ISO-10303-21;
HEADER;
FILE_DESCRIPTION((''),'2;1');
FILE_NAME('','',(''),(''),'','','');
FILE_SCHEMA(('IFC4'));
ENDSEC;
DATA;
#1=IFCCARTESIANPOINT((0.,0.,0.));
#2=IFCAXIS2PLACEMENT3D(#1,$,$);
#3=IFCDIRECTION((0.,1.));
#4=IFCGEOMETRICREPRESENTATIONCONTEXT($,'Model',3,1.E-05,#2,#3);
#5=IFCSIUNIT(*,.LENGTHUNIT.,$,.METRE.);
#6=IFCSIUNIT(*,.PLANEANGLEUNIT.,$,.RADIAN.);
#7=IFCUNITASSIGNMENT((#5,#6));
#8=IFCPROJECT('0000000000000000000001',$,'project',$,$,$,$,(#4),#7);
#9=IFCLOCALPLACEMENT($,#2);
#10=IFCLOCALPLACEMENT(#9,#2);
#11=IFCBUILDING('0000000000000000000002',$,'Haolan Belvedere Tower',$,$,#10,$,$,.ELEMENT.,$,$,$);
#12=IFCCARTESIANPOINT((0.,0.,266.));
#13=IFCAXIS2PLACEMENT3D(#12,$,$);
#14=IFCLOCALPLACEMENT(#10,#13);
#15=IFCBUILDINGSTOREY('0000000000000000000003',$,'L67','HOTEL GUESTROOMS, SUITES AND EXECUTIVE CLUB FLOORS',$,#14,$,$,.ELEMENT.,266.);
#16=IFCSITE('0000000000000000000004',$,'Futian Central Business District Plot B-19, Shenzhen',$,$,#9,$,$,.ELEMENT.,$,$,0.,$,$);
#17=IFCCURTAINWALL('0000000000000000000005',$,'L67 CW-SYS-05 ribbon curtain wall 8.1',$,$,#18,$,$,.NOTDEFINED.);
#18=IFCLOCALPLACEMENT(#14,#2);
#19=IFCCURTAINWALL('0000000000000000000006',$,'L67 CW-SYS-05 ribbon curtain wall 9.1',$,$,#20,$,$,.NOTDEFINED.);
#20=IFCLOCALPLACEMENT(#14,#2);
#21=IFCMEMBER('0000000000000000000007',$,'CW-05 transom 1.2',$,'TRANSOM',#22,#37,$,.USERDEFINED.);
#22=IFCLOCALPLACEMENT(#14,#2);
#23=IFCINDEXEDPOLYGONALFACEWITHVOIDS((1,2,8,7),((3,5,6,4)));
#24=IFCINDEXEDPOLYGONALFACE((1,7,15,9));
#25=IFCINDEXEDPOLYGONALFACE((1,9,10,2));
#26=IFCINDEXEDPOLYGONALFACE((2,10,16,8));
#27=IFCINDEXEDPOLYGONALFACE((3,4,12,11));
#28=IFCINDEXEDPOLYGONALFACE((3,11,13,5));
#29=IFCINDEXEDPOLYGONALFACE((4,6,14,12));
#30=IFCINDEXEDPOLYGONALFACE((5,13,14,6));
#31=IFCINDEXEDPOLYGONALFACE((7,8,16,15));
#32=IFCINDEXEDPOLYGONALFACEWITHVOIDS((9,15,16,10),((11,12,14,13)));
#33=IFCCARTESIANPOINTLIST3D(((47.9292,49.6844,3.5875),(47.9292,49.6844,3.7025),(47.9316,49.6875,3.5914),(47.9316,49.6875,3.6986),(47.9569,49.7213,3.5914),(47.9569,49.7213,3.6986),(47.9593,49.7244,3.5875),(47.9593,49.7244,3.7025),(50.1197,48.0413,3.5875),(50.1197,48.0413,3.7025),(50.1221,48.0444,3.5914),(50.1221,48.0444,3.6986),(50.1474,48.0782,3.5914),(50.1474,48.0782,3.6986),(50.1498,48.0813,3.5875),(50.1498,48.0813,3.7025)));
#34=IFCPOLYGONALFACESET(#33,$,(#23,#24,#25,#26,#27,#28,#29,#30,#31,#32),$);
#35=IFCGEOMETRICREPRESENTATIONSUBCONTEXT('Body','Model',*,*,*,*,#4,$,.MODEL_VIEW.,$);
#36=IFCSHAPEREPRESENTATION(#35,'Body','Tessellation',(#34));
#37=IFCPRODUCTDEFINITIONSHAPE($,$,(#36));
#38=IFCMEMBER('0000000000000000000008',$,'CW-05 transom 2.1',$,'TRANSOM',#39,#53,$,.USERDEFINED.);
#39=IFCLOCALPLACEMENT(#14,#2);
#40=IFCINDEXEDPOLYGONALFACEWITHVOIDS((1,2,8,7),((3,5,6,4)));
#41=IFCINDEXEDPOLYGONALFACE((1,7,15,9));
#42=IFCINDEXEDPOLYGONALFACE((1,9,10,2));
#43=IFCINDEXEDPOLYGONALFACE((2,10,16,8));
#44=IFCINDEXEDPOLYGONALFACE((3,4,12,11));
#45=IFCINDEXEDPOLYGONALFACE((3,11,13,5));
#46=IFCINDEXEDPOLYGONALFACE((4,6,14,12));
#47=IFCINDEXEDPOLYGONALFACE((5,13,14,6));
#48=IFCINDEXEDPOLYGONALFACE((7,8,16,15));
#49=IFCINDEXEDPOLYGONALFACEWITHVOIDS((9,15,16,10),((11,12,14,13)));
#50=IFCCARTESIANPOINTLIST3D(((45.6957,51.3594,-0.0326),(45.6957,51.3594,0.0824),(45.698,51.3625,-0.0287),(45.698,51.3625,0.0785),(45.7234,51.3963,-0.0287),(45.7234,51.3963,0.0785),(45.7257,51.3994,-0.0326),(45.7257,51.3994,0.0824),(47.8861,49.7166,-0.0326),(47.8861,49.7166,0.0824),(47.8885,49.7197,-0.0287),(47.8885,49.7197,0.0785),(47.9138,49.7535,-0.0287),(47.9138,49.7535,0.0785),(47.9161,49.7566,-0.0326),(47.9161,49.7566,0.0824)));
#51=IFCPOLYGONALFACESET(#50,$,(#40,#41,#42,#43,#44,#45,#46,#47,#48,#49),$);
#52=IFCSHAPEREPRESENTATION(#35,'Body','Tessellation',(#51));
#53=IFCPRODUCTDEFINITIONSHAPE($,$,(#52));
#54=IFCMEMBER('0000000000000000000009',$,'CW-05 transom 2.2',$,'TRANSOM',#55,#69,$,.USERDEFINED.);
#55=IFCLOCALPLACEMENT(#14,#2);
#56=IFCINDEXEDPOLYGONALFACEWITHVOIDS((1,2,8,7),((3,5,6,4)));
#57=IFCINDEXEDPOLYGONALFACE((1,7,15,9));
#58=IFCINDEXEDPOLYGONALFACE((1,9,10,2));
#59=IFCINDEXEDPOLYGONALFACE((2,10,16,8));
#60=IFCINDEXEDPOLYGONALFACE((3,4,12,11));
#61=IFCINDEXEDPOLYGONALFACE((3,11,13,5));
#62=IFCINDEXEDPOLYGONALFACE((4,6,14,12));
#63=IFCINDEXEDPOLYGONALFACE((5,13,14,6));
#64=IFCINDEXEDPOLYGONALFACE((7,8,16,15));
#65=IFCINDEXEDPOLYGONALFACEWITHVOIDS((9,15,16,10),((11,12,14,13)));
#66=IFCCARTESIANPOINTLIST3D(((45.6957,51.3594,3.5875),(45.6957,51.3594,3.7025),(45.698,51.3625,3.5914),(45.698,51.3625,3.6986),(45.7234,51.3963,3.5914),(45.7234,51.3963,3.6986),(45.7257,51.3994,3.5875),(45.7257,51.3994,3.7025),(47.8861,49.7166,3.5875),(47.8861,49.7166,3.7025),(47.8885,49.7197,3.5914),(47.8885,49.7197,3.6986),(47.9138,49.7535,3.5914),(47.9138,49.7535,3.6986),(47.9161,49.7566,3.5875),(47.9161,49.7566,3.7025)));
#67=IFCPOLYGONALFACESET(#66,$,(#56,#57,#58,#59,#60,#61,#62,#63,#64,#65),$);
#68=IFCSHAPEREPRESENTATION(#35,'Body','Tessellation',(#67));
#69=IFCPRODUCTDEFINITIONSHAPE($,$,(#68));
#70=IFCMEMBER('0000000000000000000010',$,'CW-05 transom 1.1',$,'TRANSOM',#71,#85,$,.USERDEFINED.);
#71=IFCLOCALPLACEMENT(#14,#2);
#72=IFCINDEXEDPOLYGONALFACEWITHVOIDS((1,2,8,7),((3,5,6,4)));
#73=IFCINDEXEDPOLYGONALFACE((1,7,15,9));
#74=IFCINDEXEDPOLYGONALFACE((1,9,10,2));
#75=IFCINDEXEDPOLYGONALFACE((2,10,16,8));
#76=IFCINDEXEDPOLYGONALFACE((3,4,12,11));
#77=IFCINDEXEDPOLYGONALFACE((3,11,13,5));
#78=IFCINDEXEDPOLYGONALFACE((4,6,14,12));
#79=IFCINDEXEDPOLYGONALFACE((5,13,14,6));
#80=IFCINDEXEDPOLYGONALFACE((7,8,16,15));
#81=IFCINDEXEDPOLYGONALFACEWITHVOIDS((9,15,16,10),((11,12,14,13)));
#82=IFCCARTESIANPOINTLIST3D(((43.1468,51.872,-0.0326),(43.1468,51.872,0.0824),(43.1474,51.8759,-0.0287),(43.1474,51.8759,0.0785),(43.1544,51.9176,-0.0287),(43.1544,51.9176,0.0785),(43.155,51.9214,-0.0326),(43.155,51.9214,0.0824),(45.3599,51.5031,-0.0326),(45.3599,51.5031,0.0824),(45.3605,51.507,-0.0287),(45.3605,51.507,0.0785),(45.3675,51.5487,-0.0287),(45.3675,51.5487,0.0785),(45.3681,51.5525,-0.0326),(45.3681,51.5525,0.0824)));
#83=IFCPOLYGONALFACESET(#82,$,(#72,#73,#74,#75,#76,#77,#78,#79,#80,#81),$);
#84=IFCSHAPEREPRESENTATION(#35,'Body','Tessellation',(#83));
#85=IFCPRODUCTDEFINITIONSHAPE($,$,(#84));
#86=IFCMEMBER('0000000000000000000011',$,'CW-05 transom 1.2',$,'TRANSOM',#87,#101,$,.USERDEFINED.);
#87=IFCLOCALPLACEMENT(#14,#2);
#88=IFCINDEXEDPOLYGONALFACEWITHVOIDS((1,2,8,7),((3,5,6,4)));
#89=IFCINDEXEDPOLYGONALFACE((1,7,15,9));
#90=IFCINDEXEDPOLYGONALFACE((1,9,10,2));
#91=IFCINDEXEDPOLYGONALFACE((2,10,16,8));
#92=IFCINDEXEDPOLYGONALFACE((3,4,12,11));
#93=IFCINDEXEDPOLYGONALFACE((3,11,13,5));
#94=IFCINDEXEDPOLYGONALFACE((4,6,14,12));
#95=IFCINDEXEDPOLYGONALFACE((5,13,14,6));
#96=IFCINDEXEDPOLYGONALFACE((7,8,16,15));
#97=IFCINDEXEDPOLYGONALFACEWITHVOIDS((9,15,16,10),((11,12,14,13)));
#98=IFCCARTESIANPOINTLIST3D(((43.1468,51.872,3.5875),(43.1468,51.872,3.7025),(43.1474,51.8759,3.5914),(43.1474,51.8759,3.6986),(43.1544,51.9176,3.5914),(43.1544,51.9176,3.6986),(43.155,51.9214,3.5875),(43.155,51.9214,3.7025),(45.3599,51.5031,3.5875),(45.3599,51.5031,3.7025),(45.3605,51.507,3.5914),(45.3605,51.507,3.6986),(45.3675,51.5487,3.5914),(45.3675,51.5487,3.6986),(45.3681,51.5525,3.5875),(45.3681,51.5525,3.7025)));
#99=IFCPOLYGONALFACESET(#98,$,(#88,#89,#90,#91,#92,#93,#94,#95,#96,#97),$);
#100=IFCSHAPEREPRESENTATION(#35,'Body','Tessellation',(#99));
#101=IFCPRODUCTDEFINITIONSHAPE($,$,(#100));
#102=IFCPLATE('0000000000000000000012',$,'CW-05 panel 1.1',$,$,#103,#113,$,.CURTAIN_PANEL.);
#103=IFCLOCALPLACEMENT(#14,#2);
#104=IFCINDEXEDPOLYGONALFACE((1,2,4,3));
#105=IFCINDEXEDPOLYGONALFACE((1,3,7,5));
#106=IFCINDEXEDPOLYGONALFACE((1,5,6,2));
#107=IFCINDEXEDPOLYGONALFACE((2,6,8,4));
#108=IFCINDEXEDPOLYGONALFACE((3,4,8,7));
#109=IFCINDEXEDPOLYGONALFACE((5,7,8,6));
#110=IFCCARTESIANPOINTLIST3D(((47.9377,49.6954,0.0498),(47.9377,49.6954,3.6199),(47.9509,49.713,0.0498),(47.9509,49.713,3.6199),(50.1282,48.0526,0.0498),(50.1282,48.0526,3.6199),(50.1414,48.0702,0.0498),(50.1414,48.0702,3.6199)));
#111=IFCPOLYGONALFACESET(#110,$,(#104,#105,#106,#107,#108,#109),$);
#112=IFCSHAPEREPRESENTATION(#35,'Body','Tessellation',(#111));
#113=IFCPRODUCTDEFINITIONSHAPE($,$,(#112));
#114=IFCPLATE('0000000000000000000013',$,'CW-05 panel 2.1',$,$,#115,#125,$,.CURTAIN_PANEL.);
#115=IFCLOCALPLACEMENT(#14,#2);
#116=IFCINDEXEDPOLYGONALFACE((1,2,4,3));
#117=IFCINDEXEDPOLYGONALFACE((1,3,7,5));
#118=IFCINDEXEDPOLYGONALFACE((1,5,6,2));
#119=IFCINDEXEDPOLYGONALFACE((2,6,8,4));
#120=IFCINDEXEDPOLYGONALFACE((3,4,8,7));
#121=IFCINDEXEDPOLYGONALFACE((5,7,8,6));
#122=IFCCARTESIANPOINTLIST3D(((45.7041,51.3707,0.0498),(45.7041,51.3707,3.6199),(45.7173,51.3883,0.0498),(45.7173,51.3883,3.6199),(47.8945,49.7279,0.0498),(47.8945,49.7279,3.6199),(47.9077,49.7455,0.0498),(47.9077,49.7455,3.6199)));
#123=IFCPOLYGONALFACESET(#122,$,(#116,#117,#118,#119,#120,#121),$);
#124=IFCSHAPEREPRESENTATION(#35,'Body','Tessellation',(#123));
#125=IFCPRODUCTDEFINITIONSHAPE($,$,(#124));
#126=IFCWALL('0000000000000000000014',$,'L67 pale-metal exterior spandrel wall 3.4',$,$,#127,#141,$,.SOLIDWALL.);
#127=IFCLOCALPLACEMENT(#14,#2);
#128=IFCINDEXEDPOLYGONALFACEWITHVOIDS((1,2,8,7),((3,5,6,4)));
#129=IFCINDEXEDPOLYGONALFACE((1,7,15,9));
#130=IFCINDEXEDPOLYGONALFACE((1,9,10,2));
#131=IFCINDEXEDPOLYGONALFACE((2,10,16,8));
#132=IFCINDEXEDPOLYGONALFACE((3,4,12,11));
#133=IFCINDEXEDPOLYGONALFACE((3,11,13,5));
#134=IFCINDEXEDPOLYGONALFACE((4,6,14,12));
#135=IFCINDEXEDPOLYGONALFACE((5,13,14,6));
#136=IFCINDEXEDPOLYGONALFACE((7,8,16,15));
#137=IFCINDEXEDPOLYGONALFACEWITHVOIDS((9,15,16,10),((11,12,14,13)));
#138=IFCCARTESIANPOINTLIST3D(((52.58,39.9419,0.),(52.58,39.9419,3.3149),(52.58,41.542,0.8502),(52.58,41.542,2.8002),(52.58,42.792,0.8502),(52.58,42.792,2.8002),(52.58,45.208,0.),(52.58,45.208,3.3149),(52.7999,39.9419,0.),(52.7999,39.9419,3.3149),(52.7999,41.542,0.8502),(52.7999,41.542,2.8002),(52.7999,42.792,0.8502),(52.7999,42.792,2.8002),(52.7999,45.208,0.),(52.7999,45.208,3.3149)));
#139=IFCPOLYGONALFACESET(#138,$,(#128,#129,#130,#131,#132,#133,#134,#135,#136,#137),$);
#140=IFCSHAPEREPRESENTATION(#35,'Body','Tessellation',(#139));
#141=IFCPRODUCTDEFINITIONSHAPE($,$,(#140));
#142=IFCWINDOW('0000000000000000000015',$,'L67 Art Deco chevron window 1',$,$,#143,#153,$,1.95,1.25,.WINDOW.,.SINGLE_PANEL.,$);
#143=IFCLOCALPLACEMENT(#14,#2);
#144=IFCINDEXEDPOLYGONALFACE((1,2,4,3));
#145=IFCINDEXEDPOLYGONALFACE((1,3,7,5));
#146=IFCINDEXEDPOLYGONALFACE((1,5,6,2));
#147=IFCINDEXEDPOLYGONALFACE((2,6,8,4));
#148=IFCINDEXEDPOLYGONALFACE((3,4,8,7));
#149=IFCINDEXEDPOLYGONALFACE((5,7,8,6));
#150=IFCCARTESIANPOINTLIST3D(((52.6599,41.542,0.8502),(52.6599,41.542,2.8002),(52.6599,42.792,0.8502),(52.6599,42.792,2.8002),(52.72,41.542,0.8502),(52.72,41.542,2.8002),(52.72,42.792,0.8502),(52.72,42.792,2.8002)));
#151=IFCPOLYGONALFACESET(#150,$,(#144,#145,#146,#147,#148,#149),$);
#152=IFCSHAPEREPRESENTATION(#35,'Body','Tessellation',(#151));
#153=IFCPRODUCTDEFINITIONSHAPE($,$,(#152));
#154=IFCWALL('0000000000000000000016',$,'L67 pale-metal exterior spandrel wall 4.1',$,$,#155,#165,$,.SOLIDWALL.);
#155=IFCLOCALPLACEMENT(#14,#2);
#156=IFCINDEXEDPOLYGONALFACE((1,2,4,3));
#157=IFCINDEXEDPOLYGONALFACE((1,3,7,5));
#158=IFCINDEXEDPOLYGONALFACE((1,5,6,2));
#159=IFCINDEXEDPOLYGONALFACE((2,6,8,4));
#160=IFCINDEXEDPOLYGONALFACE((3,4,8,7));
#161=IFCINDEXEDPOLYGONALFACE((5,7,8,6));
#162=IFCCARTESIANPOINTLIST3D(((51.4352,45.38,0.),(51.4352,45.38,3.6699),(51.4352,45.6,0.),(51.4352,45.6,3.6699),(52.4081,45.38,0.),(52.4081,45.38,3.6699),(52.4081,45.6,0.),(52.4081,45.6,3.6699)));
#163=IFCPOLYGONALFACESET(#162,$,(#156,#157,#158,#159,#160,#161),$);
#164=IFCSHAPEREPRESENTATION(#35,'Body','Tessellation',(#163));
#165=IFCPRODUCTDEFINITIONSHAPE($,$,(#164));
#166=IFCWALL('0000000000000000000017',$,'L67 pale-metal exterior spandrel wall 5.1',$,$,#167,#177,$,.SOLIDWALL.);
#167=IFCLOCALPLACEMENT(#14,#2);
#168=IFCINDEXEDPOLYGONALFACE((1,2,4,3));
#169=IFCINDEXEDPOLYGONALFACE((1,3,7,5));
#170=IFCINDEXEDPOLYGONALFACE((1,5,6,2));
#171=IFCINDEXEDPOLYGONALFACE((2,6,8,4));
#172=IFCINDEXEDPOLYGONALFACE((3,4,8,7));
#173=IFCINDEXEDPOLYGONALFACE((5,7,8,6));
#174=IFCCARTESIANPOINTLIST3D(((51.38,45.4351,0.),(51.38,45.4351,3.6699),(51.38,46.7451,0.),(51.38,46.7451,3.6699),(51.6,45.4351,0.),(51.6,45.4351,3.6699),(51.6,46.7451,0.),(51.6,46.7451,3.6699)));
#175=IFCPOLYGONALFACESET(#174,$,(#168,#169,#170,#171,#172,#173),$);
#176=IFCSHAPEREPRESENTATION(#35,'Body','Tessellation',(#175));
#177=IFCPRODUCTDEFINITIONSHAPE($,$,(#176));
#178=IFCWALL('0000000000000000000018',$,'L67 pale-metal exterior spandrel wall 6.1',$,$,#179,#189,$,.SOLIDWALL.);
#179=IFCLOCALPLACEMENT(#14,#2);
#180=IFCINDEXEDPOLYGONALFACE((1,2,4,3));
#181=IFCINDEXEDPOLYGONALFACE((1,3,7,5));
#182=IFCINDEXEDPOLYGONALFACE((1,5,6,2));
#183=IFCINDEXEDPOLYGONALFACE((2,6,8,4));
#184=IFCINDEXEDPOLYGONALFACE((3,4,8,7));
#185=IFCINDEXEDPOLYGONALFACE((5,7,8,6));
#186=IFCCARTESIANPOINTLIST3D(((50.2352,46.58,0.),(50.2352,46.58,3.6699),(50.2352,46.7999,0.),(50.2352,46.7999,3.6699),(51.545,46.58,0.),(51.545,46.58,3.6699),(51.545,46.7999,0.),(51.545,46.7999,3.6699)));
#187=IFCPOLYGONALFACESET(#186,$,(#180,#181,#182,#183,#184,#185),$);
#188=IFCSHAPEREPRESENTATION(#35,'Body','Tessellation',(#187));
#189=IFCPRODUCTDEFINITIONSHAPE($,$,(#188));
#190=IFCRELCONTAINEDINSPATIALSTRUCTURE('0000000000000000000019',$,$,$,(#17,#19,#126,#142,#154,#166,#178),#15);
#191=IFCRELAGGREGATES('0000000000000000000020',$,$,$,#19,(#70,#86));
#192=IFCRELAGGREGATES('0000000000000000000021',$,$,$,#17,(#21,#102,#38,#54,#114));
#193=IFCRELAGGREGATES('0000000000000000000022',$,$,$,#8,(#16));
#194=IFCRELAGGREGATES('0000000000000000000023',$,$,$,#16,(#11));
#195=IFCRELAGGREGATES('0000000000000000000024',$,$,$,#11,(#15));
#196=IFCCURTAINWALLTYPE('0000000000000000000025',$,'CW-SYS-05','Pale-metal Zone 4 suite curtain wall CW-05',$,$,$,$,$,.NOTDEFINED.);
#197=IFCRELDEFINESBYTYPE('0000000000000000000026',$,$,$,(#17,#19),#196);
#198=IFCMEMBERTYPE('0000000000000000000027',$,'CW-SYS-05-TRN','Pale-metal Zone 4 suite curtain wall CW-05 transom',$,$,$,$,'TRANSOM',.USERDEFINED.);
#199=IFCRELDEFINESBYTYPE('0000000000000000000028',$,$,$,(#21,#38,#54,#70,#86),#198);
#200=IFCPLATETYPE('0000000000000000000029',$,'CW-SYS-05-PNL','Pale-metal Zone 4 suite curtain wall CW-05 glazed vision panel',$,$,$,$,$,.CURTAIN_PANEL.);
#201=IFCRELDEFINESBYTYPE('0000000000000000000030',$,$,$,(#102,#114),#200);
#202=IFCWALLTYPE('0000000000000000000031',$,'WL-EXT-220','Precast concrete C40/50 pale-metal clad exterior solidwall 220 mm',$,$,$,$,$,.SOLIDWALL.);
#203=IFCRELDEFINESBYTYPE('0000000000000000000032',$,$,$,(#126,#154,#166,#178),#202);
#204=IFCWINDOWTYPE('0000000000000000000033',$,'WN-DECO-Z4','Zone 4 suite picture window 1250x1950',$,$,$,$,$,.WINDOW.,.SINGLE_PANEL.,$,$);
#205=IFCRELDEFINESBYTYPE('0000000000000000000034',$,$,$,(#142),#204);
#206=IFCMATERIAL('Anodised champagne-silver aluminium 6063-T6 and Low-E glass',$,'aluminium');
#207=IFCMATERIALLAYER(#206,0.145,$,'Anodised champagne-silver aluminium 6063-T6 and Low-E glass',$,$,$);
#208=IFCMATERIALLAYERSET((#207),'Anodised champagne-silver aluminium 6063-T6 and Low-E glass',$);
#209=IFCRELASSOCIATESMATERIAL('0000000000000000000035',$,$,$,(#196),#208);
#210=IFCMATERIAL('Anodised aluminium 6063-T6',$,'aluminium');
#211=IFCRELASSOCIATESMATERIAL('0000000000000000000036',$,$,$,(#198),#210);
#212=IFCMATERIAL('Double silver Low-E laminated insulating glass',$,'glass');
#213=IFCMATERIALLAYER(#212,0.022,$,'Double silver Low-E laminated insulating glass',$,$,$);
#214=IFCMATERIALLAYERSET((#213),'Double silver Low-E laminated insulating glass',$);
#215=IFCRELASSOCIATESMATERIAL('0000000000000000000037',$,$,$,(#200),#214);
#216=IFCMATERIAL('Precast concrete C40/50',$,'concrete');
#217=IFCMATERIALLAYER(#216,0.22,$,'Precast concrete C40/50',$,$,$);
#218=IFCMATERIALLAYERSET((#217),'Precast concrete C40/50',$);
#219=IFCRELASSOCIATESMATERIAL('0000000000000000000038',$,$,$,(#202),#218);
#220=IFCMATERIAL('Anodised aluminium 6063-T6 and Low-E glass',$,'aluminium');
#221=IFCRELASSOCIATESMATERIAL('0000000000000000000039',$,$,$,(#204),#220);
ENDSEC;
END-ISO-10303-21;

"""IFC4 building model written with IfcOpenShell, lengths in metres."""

from ifc_helpers import new_model, si_unit, direction, frame, frame_2d, origin, origin_2d, place, context, subcontext, project, spatial, rectangle, hollow_rectangle, extrude, material, layer, layer_set, material_profile, profile_set, type_object, element, fill, aggregate, save


model = new_model("IFC4")

# Units and contexts
model_context = context("Model", 3, precision=1e-05, world=origin(), true_north=direction((0.0, 1.0)))
body_context = subcontext(model_context, "Body", "Model", "MODEL_VIEW")
ifc_project = project(units=[si_unit("LENGTHUNIT", "METRE"), si_unit("PLANEANGLEUNIT", "RADIAN")], contexts=[model_context])

# Site, building, storey
site_placement = place(None, origin())
site = spatial("IfcSite", under=ifc_project, at=site_placement, Name="Futian Central Business District Plot B-19, Shenzhen", CompositionType="ELEMENT", RefElevation=0.0)
building_placement = place(site_placement, origin())
building = spatial("IfcBuilding", under=site, at=building_placement, Name="Haolan Belvedere Tower", CompositionType="ELEMENT")
storey_placement = place(building_placement, frame((0.0, 0.0, 266.0)))
storey = spatial("IfcBuildingStorey", under=building, at=storey_placement, Name="L67", Description="HOTEL GUESTROOMS, SUITES AND EXECUTIVE CLUB FLOORS", CompositionType="ELEMENT", Elevation=266.0)

# Curtain wall
ifc_material_1 = material(Name="Anodised champagne-silver aluminium 6063-T6 and Low-E glass", Category="aluminium")
ifc_layer_1 = layer(ifc_material_1, 0.145, Name="Anodised champagne-silver aluminium 6063-T6 and Low-E glass")
ifc_layer_set_1 = layer_set([ifc_layer_1], Name="Anodised champagne-silver aluminium 6063-T6 and Low-E glass")
curtain_wall_type = type_object("IfcCurtainWallType", Name="CW-SYS-05", Description="Pale-metal Zone 4 suite curtain wall CW-05", PredefinedType="NOTDEFINED", material=ifc_layer_set_1)
curtain_wall_1_placement = place(storey_placement, origin())
curtain_wall_1 = element("IfcCurtainWall", 1, at=curtain_wall_1_placement, inside=storey, type_object=curtain_wall_type, Name="L67 CW-SYS-05 ribbon curtain wall 8.1", PredefinedType="NOTDEFINED")
ifc_material_2 = material(Name="Anodised aluminium 6063-T6", Category="aluminium")

# Curtain wall
curtain_wall_2_placement = place(storey_placement, origin())
curtain_wall_2 = element("IfcCurtainWall", 2, at=curtain_wall_2_placement, inside=storey, type_object=curtain_wall_type, Name="L67 CW-SYS-05 ribbon curtain wall 9.1", PredefinedType="NOTDEFINED")

# Members
ifc_material_profile_1 = material_profile(ifc_material_2, hollow_rectangle(XDim=0.05, YDim=0.115, WallThickness=0.0039, at=origin_2d()), Name="Anodised aluminium 6063-T6")
ifc_profile_set_1 = profile_set([ifc_material_profile_1], Name="Anodised aluminium 6063-T6")
member_type_1 = type_object("IfcMemberType", Name="CW-SYS-05-TRN", Description="Pale-metal Zone 4 suite curtain wall CW-05 transom", ElementType="TRANSOM", PredefinedType="USERDEFINED", material=ifc_profile_set_1)
member_1_placement = place(storey_placement, frame((50.1348, 48.0613, 3.645), z_axis=(-0.799957, 0.600057, 0.0), x_axis=(-0.600057, -0.799957, 0.0)))
member_1 = element("IfcMember", 3, at=member_1_placement, type_object=member_type_1, Name="CW-05 transom 1.2", ObjectType="TRANSOM", PredefinedType="USERDEFINED", context=body_context, shape_type="SweptSolid", body=[
    extrude(hollow_rectangle(XDim=0.05, YDim=0.115, WallThickness=0.0039, at=origin_2d()), origin(), (0.0, 0.0, 1.0), 2.7383),
])
member_2_placement = place(storey_placement, frame((47.9011, 49.7366, 0.0249), z_axis=(-0.8, 0.6, 0.0), x_axis=(-0.6, -0.8, 0.0)))
member_2 = element("IfcMember", 4, at=member_2_placement, type_object=member_type_1, Name="CW-05 transom 2.1", ObjectType="TRANSOM", PredefinedType="USERDEFINED", context=body_context, shape_type="SweptSolid", body=[
    extrude(hollow_rectangle(XDim=0.05, YDim=0.115, WallThickness=0.0039, at=origin_2d()), origin(), (0.0, 0.0, 1.0), 2.738),
])
member_3_placement = place(storey_placement, frame((47.9011, 49.7366, 3.645), z_axis=(-0.8, 0.6, 0.0), x_axis=(-0.6, -0.8, 0.0)))
member_3 = element("IfcMember", 5, at=member_3_placement, type_object=member_type_1, Name="CW-05 transom 2.2", ObjectType="TRANSOM", PredefinedType="USERDEFINED", context=body_context, shape_type="SweptSolid", body=[
    extrude(hollow_rectangle(XDim=0.05, YDim=0.115, WallThickness=0.0039, at=origin_2d()), origin(), (0.0, 0.0, 1.0), 2.738),
])
member_4_placement = place(storey_placement, frame((45.364, 51.5278, 0.0249), z_axis=(-0.986391, 0.164417, 0.0), x_axis=(-0.164417, -0.986391, 0.0)))
member_4 = element("IfcMember", 6, at=member_4_placement, type_object=member_type_1, Name="CW-05 transom 1.1", ObjectType="TRANSOM", PredefinedType="USERDEFINED", context=body_context, shape_type="SweptSolid", body=[
    extrude(hollow_rectangle(XDim=0.05, YDim=0.115, WallThickness=0.0039, at=origin_2d()), origin(), (0.0, 0.0, 1.0), 2.2437),
])
member_5_placement = place(storey_placement, frame((45.364, 51.5278, 3.645), z_axis=(-0.986391, 0.164417, 0.0), x_axis=(-0.164417, -0.986391, 0.0)))
member_5 = element("IfcMember", 7, at=member_5_placement, type_object=member_type_1, Name="CW-05 transom 1.2", ObjectType="TRANSOM", PredefinedType="USERDEFINED", context=body_context, shape_type="SweptSolid", body=[
    extrude(hollow_rectangle(XDim=0.05, YDim=0.115, WallThickness=0.0039, at=origin_2d()), origin(), (0.0, 0.0, 1.0), 2.2437),
])
aggregate(curtain_wall_2, [member_4, member_5])

# Plates
ifc_material_3 = material(Name="Double silver Low-E laminated insulating glass", Category="glass")
ifc_layer_2 = layer(ifc_material_3, 0.022, Name="Double silver Low-E laminated insulating glass")
ifc_layer_set_2 = layer_set([ifc_layer_2], Name="Double silver Low-E laminated insulating glass")
plate_type = type_object("IfcPlateType", Name="CW-SYS-05-PNL", Description="Pale-metal Zone 4 suite curtain wall CW-05 glazed vision panel", PredefinedType="CURTAIN_PANEL", material=ifc_layer_set_2)
plate_1_placement = place(storey_placement, frame((49.0396, 48.8828, 0.0498), z_axis=(0.0, 0.0, 1.0), x_axis=(-0.799998, 0.600003, 0.0)))
plate_1 = element("IfcPlate", 8, at=plate_1_placement, type_object=plate_type, Name="CW-05 panel 1.1", PredefinedType="CURTAIN_PANEL", context=body_context, shape_type="SweptSolid", body=[
    extrude(rectangle(XDim=2.738, YDim=0.022, at=origin_2d()), origin(), (0.0, 0.0, 1.0), 3.5701),
])
plate_2_placement = place(storey_placement, frame((46.8059, 50.5581, 0.0498), z_axis=(0.0, 0.0, 1.0), x_axis=(-0.799998, 0.600003, 0.0)))
plate_2 = element("IfcPlate", 9, at=plate_2_placement, type_object=plate_type, Name="CW-05 panel 2.1", PredefinedType="CURTAIN_PANEL", context=body_context, shape_type="SweptSolid", body=[
    extrude(rectangle(XDim=2.738, YDim=0.022, at=origin_2d()), origin(), (0.0, 0.0, 1.0), 3.5701),
])
aggregate(curtain_wall_1, [member_1, plate_1, member_2, member_3, plate_2])

# Wall, opening, window
ifc_material_4 = material(Name="Precast concrete C40/50", Category="concrete")
ifc_layer_3 = layer(ifc_material_4, 0.22, Name="Precast concrete C40/50")
ifc_layer_set_3 = layer_set([ifc_layer_3], Name="Precast concrete C40/50")
wall_type_1 = type_object("IfcWallType", Name="WL-EXT-220", Description="Precast concrete C40/50 pale-metal clad exterior solidwall 220 mm", PredefinedType="SOLIDWALL", material=ifc_layer_set_3)
wall_1_placement = place(storey_placement, frame((52.6899, 39.9419, 0.0), z_axis=(0.0, 0.0, 1.0), x_axis=(0.0, 1.0, 0.0)))
wall_1 = element("IfcWall", 10, at=wall_1_placement, inside=storey, type_object=wall_type_1, Name="L67 pale-metal exterior spandrel wall 3.4", PredefinedType="SOLIDWALL", context=body_context, shape_type="SweptSolid", body=[
    extrude(rectangle(XDim=5.2661, YDim=0.22, at=frame_2d((2.6331, 0.0))), origin(), (0.0, 0.0, 1.0), 3.3149),
])
opening_1_placement = place(wall_1_placement, frame((1.6001, 0.0, 0.8501)))
opening_1 = element("IfcOpeningElement", 11, at=opening_1_placement, cuts=wall_1, PredefinedType="OPENING", context=body_context, shape_type="SweptSolid", body=[
    extrude(rectangle(XDim=1.25, YDim=1.95, at=frame_2d((0.625, 0.9751))), frame((0.0, 0.1199, 0.0), z_axis=(0.0, -1.0, 0.0), x_axis=(1.0, 0.0, 0.0)), (0.0, 0.0, 1.0), 0.24),
])
ifc_material_5 = material(Name="Anodised aluminium 6063-T6 and Low-E glass", Category="aluminium")
window_type = type_object("IfcWindowType", Name="WN-DECO-Z4", Description="Zone 4 suite picture window 1250x1950", PartitioningType="SINGLE_PANEL", PredefinedType="WINDOW", material=ifc_material_5)
window_placement = place(opening_1_placement, origin())
window = element("IfcWindow", 12, at=window_placement, inside=storey, type_object=window_type, Name="L67 Art Deco chevron window 1", OverallHeight=1.95, OverallWidth=1.25, PartitioningType="SINGLE_PANEL", PredefinedType="WINDOW", context=body_context, shape_type="SweptSolid", body=[
    extrude(rectangle(XDim=1.25, YDim=1.95, at=frame_2d((0.625, 0.9751))), frame((0.0, 0.03, 0.0), z_axis=(0.0, -1.0, 0.0), x_axis=(1.0, 0.0, 0.0)), (0.0, 0.0, 1.0), 0.0601),
])
fill(opening_1, window)

# Walls
wall_2_placement = place(storey_placement, frame((52.408, 45.49, 0.0), z_axis=(0.0, 0.0, 1.0), x_axis=(-1.0, 0.0, 0.0)))
element("IfcWall", 13, at=wall_2_placement, inside=storey, type_object=wall_type_1, Name="L67 pale-metal exterior spandrel wall 4.1", PredefinedType="SOLIDWALL", context=body_context, shape_type="SweptSolid", body=[
    extrude(rectangle(XDim=0.9729, YDim=0.22, at=frame_2d((0.4863, 0.0))), origin(), (0.0, 0.0, 1.0), 3.6699),
])
wall_3_placement = place(storey_placement, frame((51.49, 45.4351, 0.0), z_axis=(0.0, 0.0, 1.0), x_axis=(0.0, 1.0, 0.0)))
element("IfcWall", 14, at=wall_3_placement, inside=storey, type_object=wall_type_1, Name="L67 pale-metal exterior spandrel wall 5.1", PredefinedType="SOLIDWALL", context=body_context, shape_type="SweptSolid", body=[
    extrude(rectangle(XDim=1.3101, YDim=0.22, at=frame_2d((0.655, 0.0))), origin(), (0.0, 0.0, 1.0), 3.6699),
])
wall_4_placement = place(storey_placement, frame((51.5449, 46.6899, 0.0), z_axis=(0.0, 0.0, 1.0), x_axis=(-1.0, 0.0, 0.0)))
element("IfcWall", 15, at=wall_4_placement, inside=storey, type_object=wall_type_1, Name="L67 pale-metal exterior spandrel wall 6.1", PredefinedType="SOLIDWALL", context=body_context, shape_type="SweptSolid", body=[
    extrude(rectangle(XDim=1.3098, YDim=0.22, at=frame_2d((0.6548, 0.0))), origin(), (0.0, 0.0, 1.0), 3.6699),
])

save(model, "model.ifc")
